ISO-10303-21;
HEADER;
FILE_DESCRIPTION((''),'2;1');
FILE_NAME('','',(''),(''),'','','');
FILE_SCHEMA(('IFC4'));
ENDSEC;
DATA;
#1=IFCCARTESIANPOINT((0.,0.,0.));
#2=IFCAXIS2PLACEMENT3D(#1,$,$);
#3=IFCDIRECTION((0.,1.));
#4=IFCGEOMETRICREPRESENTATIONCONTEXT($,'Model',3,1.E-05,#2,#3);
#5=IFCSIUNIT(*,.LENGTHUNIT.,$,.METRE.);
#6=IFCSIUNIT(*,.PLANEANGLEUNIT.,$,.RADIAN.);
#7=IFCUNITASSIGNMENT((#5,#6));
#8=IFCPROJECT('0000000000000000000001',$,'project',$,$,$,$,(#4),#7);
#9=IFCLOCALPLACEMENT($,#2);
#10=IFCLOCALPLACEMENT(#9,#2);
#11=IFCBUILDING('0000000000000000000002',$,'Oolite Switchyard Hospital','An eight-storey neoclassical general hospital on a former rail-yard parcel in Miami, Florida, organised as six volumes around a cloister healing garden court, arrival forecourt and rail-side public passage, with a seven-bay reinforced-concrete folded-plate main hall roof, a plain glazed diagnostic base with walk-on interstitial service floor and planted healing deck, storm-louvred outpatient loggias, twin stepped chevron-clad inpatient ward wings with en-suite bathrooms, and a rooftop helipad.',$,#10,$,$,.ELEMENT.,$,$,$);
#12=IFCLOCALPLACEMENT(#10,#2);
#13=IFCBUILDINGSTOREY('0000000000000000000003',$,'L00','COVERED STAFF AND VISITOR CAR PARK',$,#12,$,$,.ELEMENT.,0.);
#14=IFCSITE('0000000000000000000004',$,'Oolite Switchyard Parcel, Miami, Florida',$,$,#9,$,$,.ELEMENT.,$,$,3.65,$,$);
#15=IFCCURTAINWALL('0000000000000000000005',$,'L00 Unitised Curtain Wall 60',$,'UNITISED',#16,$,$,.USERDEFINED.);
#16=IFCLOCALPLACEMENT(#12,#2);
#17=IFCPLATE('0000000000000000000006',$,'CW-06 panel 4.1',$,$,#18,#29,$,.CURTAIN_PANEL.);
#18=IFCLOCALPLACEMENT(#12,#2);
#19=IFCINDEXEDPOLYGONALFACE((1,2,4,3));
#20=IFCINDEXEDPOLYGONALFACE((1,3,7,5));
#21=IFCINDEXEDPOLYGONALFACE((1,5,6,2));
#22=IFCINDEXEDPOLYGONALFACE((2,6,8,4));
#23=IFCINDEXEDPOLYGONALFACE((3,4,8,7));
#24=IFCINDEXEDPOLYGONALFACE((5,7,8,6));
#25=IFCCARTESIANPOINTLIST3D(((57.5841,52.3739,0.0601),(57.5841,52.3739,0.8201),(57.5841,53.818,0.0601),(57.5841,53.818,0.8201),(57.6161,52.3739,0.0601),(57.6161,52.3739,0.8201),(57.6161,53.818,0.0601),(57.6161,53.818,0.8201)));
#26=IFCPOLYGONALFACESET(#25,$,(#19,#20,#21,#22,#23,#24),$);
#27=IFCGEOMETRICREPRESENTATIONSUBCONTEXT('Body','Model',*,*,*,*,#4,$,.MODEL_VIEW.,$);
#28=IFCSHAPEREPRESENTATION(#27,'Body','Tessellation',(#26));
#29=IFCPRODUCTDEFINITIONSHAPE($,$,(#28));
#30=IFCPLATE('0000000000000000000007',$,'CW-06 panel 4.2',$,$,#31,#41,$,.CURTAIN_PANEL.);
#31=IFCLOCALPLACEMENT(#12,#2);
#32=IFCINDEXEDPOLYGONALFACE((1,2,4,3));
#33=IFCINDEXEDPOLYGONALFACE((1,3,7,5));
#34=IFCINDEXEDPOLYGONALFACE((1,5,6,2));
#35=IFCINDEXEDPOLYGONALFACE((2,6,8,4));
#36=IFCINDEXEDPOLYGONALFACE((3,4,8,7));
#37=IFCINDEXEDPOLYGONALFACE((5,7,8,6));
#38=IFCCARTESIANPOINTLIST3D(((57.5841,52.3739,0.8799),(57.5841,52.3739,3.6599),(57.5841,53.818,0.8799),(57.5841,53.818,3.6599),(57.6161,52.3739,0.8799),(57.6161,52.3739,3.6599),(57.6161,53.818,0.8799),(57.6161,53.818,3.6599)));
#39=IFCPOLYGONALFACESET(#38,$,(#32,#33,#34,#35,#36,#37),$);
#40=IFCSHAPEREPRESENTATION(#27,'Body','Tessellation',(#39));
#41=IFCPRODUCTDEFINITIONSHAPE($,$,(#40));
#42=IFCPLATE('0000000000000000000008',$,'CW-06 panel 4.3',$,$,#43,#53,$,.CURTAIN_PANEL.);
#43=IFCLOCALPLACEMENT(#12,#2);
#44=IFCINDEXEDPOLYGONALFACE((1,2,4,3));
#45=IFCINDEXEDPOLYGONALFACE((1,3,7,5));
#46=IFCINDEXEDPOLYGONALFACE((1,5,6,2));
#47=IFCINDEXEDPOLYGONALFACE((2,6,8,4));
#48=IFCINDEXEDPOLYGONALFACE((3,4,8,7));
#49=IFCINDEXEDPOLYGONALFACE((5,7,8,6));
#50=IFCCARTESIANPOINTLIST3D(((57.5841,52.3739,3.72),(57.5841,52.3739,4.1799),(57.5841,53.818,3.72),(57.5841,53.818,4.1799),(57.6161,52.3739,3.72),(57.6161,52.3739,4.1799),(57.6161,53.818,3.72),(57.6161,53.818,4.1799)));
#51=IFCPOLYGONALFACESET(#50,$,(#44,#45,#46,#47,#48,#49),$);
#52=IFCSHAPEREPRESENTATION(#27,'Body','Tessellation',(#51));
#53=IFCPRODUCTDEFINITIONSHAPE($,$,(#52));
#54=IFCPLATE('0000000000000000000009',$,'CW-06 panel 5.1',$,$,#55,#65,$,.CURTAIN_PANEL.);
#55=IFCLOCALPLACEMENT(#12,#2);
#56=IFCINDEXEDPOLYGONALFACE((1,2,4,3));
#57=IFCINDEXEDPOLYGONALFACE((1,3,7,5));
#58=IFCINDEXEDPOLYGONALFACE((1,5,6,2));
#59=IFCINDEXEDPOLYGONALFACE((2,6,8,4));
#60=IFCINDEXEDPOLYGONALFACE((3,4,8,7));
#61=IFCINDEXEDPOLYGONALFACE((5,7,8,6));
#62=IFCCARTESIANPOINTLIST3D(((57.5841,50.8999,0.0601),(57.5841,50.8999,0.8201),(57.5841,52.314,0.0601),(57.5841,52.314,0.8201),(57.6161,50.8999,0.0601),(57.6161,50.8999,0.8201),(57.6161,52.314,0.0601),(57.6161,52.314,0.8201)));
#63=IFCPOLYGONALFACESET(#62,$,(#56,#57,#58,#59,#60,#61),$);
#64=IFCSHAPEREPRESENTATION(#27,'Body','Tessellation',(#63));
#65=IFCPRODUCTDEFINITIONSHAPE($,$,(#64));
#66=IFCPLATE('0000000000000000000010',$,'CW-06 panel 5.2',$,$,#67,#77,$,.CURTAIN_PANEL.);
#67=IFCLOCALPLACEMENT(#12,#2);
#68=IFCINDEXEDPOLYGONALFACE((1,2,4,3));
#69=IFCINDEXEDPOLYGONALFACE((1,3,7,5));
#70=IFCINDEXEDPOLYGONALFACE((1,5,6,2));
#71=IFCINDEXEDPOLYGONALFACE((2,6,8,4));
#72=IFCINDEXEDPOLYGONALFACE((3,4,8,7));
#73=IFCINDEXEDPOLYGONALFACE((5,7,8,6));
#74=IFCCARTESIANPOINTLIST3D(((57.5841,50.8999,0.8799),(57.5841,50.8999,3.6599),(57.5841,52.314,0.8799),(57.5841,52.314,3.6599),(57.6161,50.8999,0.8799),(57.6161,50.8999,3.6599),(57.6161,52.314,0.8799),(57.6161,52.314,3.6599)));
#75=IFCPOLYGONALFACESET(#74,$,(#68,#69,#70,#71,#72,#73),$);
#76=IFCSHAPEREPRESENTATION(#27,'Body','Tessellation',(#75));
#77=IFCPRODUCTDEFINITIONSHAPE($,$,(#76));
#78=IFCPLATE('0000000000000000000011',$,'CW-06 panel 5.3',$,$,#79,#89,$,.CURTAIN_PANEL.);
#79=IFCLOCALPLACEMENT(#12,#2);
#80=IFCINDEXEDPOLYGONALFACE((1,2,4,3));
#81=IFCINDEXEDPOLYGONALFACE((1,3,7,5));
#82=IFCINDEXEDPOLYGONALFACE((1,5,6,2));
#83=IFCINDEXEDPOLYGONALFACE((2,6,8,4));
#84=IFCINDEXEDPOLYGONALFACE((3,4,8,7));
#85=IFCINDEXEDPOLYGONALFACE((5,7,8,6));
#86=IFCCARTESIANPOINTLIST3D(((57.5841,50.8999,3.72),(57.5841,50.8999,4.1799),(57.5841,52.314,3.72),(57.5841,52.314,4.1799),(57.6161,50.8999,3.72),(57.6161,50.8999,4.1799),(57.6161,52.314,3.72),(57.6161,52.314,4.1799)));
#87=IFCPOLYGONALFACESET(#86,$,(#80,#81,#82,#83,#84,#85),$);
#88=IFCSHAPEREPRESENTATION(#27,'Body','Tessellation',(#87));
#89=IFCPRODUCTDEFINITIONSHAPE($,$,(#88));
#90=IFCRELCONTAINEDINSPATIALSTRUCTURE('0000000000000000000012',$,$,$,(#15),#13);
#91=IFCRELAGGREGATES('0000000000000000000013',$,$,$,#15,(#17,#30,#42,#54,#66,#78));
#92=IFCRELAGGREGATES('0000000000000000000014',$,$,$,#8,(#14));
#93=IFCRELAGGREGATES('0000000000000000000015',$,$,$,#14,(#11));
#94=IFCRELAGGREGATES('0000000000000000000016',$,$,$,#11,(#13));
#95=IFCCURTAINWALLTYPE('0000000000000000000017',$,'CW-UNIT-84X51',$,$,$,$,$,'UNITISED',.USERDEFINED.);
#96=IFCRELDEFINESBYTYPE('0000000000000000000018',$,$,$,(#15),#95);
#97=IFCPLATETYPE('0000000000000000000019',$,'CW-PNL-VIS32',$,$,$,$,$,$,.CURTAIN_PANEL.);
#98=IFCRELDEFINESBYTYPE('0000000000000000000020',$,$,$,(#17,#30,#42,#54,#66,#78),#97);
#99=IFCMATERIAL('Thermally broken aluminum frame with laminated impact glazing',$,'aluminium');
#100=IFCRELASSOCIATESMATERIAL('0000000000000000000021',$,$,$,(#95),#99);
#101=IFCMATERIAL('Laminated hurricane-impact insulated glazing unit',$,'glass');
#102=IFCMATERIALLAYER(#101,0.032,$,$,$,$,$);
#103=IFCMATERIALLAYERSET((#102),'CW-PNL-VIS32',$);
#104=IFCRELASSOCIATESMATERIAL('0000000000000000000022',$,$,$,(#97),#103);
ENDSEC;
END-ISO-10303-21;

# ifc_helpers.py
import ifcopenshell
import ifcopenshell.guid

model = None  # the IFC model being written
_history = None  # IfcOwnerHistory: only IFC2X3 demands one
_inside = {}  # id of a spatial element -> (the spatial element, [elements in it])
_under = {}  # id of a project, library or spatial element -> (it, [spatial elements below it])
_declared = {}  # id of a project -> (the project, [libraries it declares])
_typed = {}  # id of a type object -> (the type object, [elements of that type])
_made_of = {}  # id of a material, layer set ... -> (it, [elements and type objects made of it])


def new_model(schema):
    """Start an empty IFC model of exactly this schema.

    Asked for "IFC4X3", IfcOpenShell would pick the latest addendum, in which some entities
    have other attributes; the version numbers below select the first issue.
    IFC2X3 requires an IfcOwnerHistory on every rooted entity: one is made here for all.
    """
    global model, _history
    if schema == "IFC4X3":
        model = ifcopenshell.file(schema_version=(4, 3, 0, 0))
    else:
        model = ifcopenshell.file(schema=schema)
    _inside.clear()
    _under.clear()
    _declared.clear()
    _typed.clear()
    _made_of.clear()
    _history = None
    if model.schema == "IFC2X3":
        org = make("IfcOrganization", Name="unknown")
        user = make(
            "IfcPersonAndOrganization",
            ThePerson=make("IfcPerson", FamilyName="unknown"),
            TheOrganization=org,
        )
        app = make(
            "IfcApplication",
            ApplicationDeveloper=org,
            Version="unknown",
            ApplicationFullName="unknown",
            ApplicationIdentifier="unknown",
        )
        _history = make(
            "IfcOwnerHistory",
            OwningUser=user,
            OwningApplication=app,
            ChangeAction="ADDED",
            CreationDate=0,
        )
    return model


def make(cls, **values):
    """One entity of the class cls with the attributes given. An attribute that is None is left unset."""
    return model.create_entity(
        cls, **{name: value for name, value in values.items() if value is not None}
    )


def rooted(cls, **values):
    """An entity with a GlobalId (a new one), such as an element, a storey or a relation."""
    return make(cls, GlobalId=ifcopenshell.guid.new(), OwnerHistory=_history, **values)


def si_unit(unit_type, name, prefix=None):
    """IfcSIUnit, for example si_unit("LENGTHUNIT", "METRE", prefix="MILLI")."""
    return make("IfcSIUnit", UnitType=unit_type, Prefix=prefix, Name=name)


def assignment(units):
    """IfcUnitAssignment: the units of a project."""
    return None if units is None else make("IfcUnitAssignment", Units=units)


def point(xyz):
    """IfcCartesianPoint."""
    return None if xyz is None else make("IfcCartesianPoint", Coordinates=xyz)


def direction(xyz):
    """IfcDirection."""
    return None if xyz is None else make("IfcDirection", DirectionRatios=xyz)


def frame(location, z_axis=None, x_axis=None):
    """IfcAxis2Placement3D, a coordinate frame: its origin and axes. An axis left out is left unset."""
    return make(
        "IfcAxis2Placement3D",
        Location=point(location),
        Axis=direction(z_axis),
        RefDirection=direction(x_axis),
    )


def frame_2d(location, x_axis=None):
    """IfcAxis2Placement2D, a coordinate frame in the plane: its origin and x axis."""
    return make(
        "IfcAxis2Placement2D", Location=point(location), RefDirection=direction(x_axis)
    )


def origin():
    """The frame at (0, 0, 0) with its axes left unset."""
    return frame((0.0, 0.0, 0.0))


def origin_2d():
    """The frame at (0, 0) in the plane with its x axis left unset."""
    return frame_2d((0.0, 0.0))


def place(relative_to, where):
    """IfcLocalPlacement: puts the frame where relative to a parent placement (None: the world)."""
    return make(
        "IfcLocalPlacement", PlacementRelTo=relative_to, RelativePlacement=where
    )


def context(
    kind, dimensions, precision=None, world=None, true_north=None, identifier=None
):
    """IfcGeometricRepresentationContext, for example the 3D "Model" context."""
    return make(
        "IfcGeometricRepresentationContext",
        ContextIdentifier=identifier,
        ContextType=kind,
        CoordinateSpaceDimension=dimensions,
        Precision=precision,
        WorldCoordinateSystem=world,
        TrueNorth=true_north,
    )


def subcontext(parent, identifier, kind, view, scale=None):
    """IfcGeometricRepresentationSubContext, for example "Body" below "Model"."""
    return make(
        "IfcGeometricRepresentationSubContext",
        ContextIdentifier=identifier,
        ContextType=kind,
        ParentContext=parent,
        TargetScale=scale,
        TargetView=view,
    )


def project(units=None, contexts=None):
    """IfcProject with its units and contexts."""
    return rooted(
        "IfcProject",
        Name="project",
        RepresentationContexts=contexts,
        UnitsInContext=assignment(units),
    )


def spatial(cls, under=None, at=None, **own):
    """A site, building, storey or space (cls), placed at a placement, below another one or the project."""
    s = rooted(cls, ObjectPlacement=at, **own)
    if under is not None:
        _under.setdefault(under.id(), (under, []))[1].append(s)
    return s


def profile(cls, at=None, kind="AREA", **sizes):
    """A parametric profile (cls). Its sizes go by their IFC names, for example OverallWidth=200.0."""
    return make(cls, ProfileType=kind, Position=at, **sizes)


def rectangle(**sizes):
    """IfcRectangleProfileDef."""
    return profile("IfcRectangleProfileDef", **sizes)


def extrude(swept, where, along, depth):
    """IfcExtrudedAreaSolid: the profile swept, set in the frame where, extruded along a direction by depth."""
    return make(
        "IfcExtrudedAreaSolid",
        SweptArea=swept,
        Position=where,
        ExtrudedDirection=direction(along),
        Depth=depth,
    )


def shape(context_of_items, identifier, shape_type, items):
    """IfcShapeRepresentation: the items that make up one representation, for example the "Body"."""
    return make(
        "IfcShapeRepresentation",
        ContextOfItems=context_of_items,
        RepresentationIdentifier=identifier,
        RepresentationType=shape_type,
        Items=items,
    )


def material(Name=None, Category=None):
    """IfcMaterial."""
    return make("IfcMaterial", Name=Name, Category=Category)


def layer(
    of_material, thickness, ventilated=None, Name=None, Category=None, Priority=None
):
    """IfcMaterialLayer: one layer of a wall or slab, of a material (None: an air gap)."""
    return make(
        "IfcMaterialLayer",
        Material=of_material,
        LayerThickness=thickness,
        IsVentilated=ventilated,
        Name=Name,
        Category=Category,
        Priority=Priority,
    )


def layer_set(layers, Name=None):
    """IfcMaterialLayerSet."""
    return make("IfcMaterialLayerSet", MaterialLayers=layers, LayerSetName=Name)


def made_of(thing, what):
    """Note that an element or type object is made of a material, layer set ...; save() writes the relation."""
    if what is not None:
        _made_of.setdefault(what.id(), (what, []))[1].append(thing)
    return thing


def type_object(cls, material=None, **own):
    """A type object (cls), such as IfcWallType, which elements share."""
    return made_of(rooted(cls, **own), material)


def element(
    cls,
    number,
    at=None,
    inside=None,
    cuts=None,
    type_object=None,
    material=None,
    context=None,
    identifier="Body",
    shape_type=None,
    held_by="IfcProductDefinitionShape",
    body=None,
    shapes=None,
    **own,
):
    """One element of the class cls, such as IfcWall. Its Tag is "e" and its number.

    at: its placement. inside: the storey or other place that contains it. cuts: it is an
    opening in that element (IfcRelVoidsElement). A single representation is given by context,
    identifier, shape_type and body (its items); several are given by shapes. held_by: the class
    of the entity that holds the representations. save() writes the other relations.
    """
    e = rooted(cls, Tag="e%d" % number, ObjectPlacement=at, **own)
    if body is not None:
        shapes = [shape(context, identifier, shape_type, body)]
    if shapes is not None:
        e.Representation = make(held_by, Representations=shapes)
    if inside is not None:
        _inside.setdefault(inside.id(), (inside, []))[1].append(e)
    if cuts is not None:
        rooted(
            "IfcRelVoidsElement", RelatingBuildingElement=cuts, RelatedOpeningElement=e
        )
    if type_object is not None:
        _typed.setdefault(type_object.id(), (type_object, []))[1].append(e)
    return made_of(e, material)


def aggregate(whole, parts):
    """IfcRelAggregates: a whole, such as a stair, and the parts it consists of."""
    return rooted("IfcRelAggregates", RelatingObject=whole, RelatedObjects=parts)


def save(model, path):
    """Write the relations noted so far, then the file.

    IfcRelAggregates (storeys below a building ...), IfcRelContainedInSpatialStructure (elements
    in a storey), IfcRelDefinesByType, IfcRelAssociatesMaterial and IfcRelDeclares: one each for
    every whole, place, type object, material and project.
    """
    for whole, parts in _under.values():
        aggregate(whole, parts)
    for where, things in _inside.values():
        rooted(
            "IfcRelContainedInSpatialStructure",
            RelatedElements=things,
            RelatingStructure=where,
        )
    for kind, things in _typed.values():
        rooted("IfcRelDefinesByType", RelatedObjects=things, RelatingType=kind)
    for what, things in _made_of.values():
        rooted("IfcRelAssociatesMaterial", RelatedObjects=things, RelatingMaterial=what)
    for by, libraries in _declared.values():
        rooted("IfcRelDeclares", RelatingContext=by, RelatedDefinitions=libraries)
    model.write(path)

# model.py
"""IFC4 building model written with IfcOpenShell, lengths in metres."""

from ifc_helpers import new_model, si_unit, direction, frame, origin, origin_2d, place, context, subcontext, project, spatial, rectangle, extrude, material, layer, layer_set, type_object, element, aggregate, save


model = new_model("IFC4")

# Units and contexts
model_context = context("Model", 3, precision=1e-05, world=origin(), true_north=direction((0.0, 1.0)))
body_context = subcontext(model_context, "Body", "Model", "MODEL_VIEW")
ifc_project = project(units=[si_unit("LENGTHUNIT", "METRE"), si_unit("PLANEANGLEUNIT", "RADIAN")], contexts=[model_context])

# Site, building, storey
site_placement = place(None, origin())
site = spatial("IfcSite", under=ifc_project, at=site_placement, Name="Oolite Switchyard Parcel, Miami, Florida", CompositionType="ELEMENT", RefElevation=3.65)
building_placement = place(site_placement, origin())
building = spatial("IfcBuilding", under=site, at=building_placement, Name="Oolite Switchyard Hospital", Description="An eight-storey neoclassical general hospital on a former rail-yard parcel in Miami, Florida, organised as six volumes around a cloister healing garden court, arrival forecourt and rail-side public passage, with a seven-bay reinforced-concrete folded-plate main hall roof, a plain glazed diagnostic base with walk-on interstitial service floor and planted healing deck, storm-louvred outpatient loggias, twin stepped chevron-clad inpatient ward wings with en-suite bathrooms, and a rooftop helipad.", CompositionType="ELEMENT")
storey_placement = place(building_placement, origin())
storey = spatial("IfcBuildingStorey", under=building, at=storey_placement, Name="L00", Description="COVERED STAFF AND VISITOR CAR PARK", CompositionType="ELEMENT", Elevation=0.0)

# Curtain wall, plates
ifc_material_1 = material(Name="Thermally broken aluminum frame with laminated impact glazing", Category="aluminium")
curtain_wall_type = type_object("IfcCurtainWallType", Name="CW-UNIT-84X51", ElementType="UNITISED", PredefinedType="USERDEFINED", material=ifc_material_1)
curtain_wall_placement = place(storey_placement, origin())
curtain_wall = element("IfcCurtainWall", 1, at=curtain_wall_placement, inside=storey, type_object=curtain_wall_type, Name="L00 Unitised Curtain Wall 60", ObjectType="UNITISED", PredefinedType="USERDEFINED")
ifc_material_2 = material(Name="Laminated hurricane-impact insulated glazing unit", Category="glass")
ifc_layer = layer(ifc_material_2, 0.032)
ifc_layer_set = layer_set([ifc_layer], Name="CW-PNL-VIS32")
plate_type = type_object("IfcPlateType", Name="CW-PNL-VIS32", PredefinedType="CURTAIN_PANEL", material=ifc_layer_set)
plate_1_placement = place(storey_placement, frame((57.6001, 53.0959, 0.0601), z_axis=(0.0, 0.0, 1.0), x_axis=(0.0, -1.0, 0.0)))
plate_1 = element("IfcPlate", 2, at=plate_1_placement, type_object=plate_type, Name="CW-06 panel 4.1", PredefinedType="CURTAIN_PANEL", context=body_context, shape_type="SweptSolid", body=[
    extrude(rectangle(XDim=1.4441, YDim=0.032, at=origin_2d()), origin(), (0.0, 0.0, 1.0), 0.76),
])
plate_2_placement = place(storey_placement, frame((57.6001, 53.0959, 0.8799), z_axis=(0.0, 0.0, 1.0), x_axis=(0.0, -1.0, 0.0)))
plate_2 = element("IfcPlate", 3, at=plate_2_placement, type_object=plate_type, Name="CW-06 panel 4.2", PredefinedType="CURTAIN_PANEL", context=body_context, shape_type="SweptSolid", body=[
    extrude(rectangle(XDim=1.4441, YDim=0.032, at=origin_2d()), origin(), (0.0, 0.0, 1.0), 2.78),
])
plate_3_placement = place(storey_placement, frame((57.6001, 53.0959, 3.72), z_axis=(0.0, 0.0, 1.0), x_axis=(0.0, -1.0, 0.0)))
plate_3 = element("IfcPlate", 4, at=plate_3_placement, type_object=plate_type, Name="CW-06 panel 4.3", PredefinedType="CURTAIN_PANEL", context=body_context, shape_type="SweptSolid", body=[
    extrude(rectangle(XDim=1.4441, YDim=0.032, at=origin_2d()), origin(), (0.0, 0.0, 1.0), 0.46),
])
plate_4_placement = place(storey_placement, frame((57.6001, 51.6069, 0.0601), z_axis=(0.0, 0.0, 1.0), x_axis=(0.0, -1.0, 0.0)))
plate_4 = element("IfcPlate", 5, at=plate_4_placement, type_object=plate_type, Name="CW-06 panel 5.1", PredefinedType="CURTAIN_PANEL", context=body_context, shape_type="SweptSolid", body=[
    extrude(rectangle(XDim=1.4141, YDim=0.032, at=origin_2d()), origin(), (0.0, 0.0, 1.0), 0.76),
])
plate_5_placement = place(storey_placement, frame((57.6001, 51.6069, 0.8799), z_axis=(0.0, 0.0, 1.0), x_axis=(0.0, -1.0, 0.0)))
plate_5 = element("IfcPlate", 6, at=plate_5_placement, type_object=plate_type, Name="CW-06 panel 5.2", PredefinedType="CURTAIN_PANEL", context=body_context, shape_type="SweptSolid", body=[
    extrude(rectangle(XDim=1.4141, YDim=0.032, at=origin_2d()), origin(), (0.0, 0.0, 1.0), 2.78),
])
plate_6_placement = place(storey_placement, frame((57.6001, 51.6069, 3.72), z_axis=(0.0, 0.0, 1.0), x_axis=(0.0, -1.0, 0.0)))
plate_6 = element("IfcPlate", 7, at=plate_6_placement, type_object=plate_type, Name="CW-06 panel 5.3", PredefinedType="CURTAIN_PANEL", context=body_context, shape_type="SweptSolid", body=[
    extrude(rectangle(XDim=1.4141, YDim=0.032, at=origin_2d()), origin(), (0.0, 0.0, 1.0), 0.46),
])
aggregate(curtain_wall, [plate_1, plate_2, plate_3, plate_4, plate_5, plate_6])

save(model, "model.ifc")
